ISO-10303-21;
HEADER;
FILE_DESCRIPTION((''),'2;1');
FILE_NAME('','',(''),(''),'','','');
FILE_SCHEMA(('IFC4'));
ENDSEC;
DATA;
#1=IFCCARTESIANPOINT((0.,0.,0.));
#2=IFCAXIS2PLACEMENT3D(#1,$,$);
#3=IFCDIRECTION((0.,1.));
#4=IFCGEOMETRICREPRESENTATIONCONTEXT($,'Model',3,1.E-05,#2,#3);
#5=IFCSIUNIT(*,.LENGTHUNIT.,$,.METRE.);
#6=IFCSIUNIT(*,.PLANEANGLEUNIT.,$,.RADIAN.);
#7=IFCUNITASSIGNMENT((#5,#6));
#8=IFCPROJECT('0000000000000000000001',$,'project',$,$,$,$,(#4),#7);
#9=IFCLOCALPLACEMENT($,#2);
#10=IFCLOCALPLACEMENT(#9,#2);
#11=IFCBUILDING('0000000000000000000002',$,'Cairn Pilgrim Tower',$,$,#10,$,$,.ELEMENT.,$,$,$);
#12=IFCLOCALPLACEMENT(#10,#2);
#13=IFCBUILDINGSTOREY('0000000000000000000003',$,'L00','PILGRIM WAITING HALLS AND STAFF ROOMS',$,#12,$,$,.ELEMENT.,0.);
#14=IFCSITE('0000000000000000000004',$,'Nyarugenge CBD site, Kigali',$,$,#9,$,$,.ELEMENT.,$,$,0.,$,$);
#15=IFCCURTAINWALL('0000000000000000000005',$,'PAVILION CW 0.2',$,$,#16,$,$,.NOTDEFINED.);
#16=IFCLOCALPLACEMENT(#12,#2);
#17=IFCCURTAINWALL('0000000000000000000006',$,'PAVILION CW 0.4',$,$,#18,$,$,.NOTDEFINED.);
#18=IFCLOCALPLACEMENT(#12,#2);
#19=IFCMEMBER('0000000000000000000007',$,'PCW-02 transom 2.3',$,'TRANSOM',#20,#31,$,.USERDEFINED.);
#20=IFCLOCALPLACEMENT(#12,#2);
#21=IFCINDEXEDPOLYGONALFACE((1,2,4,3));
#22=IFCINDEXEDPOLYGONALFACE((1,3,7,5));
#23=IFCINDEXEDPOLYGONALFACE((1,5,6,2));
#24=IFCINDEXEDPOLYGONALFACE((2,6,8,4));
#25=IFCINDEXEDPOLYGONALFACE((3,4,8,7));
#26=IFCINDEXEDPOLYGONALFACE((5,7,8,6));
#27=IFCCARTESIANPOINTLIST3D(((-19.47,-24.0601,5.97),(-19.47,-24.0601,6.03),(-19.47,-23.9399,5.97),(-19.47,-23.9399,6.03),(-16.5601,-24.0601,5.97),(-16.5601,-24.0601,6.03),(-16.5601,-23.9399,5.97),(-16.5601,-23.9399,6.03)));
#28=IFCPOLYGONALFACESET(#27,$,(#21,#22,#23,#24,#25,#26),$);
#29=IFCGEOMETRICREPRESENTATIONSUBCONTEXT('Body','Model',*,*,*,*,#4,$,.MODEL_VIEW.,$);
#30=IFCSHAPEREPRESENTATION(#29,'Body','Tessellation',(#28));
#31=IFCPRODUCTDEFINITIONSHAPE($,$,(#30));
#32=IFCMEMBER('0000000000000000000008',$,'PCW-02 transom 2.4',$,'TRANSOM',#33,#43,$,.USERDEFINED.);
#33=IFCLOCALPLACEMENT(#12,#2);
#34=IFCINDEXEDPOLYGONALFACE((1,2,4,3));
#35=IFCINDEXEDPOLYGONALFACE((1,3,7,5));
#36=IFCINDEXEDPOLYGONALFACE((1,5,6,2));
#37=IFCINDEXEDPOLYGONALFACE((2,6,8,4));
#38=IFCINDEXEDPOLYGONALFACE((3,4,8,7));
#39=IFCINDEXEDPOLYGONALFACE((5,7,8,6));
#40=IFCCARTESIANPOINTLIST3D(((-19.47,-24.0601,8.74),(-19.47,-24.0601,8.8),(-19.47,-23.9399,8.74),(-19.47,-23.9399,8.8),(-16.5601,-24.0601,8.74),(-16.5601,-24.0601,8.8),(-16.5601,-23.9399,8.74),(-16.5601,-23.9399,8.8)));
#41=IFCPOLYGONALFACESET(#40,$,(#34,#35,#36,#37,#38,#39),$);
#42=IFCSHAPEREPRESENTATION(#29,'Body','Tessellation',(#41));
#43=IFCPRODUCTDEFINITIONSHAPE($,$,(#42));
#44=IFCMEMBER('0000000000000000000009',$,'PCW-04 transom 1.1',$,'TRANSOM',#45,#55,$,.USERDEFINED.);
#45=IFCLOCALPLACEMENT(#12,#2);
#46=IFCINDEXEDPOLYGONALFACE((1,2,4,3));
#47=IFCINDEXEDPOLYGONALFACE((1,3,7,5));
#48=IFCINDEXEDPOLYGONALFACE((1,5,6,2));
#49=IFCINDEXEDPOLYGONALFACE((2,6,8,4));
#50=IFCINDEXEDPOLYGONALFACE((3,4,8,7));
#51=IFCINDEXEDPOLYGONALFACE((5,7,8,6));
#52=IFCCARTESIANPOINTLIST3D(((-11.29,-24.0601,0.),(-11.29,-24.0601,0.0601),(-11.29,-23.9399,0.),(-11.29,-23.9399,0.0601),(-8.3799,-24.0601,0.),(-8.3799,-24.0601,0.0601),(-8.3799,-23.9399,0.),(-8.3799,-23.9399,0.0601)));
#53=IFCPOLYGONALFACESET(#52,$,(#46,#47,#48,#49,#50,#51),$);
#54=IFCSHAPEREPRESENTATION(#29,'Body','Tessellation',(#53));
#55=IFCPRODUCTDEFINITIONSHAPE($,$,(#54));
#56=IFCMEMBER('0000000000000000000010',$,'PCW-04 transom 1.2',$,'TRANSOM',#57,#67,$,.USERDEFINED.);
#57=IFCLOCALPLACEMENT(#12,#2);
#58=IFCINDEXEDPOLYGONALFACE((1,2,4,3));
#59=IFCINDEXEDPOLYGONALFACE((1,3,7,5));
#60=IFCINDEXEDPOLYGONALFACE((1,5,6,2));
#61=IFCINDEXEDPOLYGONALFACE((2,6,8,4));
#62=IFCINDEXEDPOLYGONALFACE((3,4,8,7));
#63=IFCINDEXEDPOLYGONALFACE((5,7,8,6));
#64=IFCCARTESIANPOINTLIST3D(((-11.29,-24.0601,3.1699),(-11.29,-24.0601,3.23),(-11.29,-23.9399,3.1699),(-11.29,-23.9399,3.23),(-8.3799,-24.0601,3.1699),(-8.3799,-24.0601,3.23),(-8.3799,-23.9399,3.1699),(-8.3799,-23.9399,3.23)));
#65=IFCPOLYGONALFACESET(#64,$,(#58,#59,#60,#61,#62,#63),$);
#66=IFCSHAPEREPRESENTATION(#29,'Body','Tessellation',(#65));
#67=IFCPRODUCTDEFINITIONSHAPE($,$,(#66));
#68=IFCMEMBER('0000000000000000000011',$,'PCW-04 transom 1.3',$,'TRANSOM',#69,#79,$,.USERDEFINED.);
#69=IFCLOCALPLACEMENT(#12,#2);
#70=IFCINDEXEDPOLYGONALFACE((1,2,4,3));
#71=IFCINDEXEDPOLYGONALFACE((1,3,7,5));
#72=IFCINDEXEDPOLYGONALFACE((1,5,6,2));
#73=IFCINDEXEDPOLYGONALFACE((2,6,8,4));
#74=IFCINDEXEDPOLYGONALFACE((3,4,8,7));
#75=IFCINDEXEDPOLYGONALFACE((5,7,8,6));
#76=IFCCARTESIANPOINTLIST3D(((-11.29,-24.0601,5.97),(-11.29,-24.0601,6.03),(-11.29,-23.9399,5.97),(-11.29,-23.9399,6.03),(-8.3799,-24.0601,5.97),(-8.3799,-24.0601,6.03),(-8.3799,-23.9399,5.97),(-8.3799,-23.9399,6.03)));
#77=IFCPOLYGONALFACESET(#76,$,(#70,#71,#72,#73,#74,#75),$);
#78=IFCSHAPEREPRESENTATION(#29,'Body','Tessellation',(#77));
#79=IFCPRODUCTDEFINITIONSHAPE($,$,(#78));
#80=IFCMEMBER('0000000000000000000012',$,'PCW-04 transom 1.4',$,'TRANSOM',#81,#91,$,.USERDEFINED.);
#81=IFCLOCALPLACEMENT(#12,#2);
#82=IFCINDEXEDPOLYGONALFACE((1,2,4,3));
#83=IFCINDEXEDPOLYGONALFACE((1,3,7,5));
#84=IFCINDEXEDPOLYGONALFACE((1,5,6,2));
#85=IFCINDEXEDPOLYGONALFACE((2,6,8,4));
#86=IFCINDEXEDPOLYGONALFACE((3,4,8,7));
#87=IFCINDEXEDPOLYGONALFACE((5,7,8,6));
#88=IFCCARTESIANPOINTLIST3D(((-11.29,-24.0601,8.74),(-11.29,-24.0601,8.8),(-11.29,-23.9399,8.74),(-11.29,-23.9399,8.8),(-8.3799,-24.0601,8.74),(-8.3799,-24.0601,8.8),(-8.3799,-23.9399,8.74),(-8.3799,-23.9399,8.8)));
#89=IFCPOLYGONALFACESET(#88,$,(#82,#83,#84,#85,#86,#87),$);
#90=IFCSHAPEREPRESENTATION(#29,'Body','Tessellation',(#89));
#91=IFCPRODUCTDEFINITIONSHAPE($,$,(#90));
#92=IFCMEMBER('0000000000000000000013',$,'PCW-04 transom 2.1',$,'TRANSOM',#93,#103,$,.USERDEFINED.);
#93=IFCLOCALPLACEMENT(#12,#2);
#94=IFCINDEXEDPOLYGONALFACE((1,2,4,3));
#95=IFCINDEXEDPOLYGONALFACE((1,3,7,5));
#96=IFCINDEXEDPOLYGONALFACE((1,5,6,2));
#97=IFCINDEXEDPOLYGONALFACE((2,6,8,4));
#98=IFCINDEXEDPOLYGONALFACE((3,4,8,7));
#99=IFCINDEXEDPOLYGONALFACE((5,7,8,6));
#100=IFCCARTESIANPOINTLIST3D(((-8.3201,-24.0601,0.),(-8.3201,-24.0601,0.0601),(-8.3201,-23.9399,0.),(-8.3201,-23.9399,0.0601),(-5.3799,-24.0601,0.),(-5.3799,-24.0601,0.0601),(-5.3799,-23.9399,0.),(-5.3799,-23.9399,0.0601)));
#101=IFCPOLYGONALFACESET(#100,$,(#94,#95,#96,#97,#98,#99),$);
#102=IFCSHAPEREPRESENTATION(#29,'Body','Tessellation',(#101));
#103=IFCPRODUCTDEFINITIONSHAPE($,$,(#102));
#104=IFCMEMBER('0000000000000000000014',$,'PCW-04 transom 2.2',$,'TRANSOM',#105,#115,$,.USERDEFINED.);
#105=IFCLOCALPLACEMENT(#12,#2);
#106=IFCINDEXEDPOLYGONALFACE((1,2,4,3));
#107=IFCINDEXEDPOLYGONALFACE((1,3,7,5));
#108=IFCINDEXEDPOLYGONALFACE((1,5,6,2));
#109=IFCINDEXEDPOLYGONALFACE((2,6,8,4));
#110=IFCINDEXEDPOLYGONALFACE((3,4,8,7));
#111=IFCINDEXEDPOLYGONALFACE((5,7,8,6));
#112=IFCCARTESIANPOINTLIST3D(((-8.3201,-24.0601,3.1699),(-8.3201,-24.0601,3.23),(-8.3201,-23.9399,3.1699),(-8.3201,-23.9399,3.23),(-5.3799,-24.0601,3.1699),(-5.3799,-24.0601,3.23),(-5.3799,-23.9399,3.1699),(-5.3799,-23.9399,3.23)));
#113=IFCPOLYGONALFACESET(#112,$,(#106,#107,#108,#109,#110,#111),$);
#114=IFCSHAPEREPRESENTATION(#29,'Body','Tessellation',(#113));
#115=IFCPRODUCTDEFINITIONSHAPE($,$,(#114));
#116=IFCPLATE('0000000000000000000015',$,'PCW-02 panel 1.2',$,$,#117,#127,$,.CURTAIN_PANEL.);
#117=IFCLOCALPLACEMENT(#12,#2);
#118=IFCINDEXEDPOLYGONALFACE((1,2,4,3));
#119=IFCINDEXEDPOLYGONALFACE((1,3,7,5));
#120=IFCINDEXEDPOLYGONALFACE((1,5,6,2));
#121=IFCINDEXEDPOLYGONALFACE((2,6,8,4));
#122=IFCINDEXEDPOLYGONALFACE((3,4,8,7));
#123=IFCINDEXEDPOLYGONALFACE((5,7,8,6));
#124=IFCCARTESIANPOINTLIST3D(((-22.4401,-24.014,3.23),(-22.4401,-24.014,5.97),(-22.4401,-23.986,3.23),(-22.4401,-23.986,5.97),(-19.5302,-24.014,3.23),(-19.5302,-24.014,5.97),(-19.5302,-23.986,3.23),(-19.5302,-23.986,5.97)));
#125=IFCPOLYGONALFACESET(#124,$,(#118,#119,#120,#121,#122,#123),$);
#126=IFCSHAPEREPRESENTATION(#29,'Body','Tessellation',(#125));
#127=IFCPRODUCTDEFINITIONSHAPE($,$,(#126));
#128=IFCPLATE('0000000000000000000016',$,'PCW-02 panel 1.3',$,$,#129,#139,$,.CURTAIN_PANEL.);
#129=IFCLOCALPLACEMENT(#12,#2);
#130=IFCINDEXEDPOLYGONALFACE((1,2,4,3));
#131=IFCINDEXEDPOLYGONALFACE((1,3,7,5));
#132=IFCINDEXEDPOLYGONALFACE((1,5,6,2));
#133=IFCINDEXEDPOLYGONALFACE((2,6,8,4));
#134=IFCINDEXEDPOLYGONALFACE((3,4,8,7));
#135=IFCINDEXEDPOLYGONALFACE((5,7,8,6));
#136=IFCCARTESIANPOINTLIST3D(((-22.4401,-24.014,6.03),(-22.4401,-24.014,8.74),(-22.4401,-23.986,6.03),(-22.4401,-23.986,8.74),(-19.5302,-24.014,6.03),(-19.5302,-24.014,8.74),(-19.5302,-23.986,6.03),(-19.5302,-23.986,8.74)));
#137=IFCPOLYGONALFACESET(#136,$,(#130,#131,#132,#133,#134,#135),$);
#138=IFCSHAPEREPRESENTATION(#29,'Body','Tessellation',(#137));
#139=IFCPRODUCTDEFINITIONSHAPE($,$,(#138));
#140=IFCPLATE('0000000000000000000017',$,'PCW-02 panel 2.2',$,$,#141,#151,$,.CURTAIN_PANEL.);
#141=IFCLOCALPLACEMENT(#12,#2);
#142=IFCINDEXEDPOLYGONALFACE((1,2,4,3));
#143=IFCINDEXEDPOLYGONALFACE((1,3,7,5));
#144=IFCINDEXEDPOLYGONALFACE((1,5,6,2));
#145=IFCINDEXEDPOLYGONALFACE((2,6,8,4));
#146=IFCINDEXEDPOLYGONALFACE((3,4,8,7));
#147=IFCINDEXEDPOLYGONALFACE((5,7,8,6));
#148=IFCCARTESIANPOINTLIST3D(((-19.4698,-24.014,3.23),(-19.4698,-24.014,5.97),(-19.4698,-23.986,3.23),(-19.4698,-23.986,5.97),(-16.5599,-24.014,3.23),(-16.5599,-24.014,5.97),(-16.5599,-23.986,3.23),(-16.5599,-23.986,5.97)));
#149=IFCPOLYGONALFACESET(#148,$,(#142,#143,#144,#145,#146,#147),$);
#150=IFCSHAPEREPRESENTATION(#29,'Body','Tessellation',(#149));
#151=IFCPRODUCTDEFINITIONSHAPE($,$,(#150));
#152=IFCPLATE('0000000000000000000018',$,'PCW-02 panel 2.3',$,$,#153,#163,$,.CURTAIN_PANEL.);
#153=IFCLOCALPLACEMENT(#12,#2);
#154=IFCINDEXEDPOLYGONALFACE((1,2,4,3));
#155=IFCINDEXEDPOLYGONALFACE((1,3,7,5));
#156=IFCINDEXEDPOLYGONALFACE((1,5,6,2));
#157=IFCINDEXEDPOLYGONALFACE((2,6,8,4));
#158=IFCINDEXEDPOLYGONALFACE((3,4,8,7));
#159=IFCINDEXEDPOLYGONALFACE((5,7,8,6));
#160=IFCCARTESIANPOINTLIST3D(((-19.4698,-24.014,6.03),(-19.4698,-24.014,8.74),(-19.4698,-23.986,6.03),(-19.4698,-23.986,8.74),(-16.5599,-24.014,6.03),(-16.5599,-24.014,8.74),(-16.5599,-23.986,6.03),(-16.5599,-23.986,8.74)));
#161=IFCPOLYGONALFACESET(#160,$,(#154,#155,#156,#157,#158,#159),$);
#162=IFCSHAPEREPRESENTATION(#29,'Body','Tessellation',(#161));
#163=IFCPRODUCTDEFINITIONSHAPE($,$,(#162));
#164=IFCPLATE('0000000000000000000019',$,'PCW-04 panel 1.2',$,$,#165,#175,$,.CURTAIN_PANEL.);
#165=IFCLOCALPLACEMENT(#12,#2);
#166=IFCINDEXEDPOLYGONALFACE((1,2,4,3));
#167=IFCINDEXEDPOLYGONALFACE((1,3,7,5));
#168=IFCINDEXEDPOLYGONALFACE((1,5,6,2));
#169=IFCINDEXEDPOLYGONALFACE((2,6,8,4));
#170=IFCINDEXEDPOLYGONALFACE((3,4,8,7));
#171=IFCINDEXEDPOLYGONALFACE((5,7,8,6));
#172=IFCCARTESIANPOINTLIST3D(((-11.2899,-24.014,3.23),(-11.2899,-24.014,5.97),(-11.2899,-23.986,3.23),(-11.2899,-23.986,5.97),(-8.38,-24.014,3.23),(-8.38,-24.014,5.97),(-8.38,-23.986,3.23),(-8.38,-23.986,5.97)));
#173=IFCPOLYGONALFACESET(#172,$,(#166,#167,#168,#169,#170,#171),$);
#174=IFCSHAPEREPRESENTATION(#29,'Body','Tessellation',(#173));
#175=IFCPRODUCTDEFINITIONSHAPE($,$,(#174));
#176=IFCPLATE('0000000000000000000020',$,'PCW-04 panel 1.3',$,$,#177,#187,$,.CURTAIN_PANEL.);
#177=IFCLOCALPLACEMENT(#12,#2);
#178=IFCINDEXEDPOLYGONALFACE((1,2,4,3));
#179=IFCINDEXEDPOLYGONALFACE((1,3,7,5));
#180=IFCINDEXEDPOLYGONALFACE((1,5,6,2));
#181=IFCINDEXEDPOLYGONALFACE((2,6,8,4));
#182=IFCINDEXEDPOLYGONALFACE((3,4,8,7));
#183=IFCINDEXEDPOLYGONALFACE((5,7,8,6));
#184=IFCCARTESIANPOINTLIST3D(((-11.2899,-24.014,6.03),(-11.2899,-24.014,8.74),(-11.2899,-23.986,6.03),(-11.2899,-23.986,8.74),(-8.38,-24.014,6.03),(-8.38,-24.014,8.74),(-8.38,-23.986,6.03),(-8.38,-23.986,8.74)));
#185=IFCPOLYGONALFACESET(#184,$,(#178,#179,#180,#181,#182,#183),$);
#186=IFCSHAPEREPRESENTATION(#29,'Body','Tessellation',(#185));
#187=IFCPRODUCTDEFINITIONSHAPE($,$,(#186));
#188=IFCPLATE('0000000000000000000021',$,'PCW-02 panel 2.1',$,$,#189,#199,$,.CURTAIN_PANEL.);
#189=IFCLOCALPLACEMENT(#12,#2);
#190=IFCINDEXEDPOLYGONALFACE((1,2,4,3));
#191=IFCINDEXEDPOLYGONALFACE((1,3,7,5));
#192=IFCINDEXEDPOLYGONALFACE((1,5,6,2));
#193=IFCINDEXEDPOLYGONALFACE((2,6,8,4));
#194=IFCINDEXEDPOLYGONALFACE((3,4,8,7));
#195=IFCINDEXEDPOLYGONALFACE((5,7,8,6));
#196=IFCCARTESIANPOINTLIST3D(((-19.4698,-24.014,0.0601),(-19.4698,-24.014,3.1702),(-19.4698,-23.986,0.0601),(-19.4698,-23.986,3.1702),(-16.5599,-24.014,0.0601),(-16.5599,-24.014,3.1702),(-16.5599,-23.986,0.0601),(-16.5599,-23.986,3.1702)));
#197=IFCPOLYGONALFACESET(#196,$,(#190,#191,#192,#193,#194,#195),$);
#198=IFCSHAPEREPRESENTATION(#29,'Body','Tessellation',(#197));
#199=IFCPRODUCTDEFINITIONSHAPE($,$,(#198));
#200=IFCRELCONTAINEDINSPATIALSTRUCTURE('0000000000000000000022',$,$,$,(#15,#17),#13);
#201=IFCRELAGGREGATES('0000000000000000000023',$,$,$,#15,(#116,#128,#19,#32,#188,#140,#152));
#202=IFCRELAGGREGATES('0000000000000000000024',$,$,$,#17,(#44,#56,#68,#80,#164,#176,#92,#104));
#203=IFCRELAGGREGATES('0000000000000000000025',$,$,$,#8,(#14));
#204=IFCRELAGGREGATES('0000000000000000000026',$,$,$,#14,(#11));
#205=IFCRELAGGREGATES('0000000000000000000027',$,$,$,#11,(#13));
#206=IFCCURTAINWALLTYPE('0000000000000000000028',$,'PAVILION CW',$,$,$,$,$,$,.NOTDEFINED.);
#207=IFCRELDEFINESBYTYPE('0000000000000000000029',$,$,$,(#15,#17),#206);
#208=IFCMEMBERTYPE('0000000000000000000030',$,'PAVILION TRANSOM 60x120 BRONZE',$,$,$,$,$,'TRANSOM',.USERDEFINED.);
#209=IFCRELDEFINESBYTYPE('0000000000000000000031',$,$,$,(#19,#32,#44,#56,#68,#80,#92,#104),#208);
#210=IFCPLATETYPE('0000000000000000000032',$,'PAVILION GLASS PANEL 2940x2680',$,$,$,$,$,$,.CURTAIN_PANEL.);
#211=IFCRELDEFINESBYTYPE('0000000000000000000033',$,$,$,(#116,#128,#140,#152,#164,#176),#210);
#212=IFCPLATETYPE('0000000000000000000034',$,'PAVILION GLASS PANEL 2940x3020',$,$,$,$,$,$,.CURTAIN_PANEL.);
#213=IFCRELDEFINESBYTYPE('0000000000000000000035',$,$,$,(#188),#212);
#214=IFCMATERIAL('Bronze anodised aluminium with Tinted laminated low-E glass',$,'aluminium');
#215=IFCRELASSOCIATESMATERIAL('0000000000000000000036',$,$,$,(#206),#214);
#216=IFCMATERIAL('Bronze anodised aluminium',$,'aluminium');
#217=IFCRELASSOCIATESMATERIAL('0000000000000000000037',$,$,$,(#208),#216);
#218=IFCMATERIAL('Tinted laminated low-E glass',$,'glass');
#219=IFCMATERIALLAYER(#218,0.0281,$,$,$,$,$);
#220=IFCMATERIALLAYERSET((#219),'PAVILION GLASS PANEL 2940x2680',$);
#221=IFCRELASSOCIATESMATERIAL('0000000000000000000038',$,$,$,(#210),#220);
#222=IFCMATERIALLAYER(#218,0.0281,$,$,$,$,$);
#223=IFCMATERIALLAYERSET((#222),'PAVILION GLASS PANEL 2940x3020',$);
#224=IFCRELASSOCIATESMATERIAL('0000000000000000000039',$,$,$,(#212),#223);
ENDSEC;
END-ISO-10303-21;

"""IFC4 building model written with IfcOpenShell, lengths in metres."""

from ifc_helpers import new_model, si_unit, direction, frame, origin, origin_2d, place, context, subcontext, project, spatial, rectangle, extrude, material, layer, layer_set, material_profile, profile_set, type_object, element, aggregate, save


model = new_model("IFC4")

# Units and contexts
model_context = context("Model", 3, precision=1e-05, world=origin(), true_north=direction((0.0, 1.0)))
body_context = subcontext(model_context, "Body", "Model", "MODEL_VIEW")
ifc_project = project(units=[si_unit("LENGTHUNIT", "METRE"), si_unit("PLANEANGLEUNIT", "RADIAN")], contexts=[model_context])

# Site, building, storey
site_placement = place(None, origin())
site = spatial("IfcSite", under=ifc_project, at=site_placement, Name="Nyarugenge CBD site, Kigali", CompositionType="ELEMENT", RefElevation=0.0)
building_placement = place(site_placement, origin())
building = spatial("IfcBuilding", under=site, at=building_placement, Name="Cairn Pilgrim Tower", CompositionType="ELEMENT")
storey_placement = place(building_placement, origin())
storey = spatial("IfcBuildingStorey", under=building, at=storey_placement, Name="L00", Description="PILGRIM WAITING HALLS AND STAFF ROOMS", CompositionType="ELEMENT", Elevation=0.0)

# Curtain walls
ifc_material_1 = material(Name="Bronze anodised aluminium with Tinted laminated low-E glass", Category="aluminium")
curtain_wall_type = type_object("IfcCurtainWallType", Name="PAVILION CW", PredefinedType="NOTDEFINED", material=ifc_material_1)
curtain_wall_1_placement = place(storey_placement, origin())
curtain_wall_1 = element("IfcCurtainWall", 1, at=curtain_wall_1_placement, inside=storey, type_object=curtain_wall_type, Name="PAVILION CW 0.2", PredefinedType="NOTDEFINED")
ifc_material_2 = material(Name="Bronze anodised aluminium", Category="aluminium")
curtain_wall_2_placement = place(storey_placement, origin())
curtain_wall_2 = element("IfcCurtainWall", 2, at=curtain_wall_2_placement, inside=storey, type_object=curtain_wall_type, Name="PAVILION CW 0.4", PredefinedType="NOTDEFINED")

# Members
ifc_material_profile_1 = material_profile(ifc_material_2, rectangle(XDim=0.1201, YDim=0.0601, at=origin_2d()), Name="PAVILION TRANSOM 60x120 BRONZE")
ifc_profile_set_1 = profile_set([ifc_material_profile_1], Name="Bronze anodised aluminium")
member_type_1 = type_object("IfcMemberType", Name="PAVILION TRANSOM 60x120 BRONZE", ElementType="TRANSOM", PredefinedType="USERDEFINED", material=ifc_profile_set_1)
member_1_placement = place(storey_placement, frame((-19.47, -24.0, 6.0), z_axis=(1.0, 0.0, 0.0), x_axis=(0.0, 1.0, 0.0)))
member_1 = element("IfcMember", 3, at=member_1_placement, type_object=member_type_1, Name="PCW-02 transom 2.3", ObjectType="TRANSOM", PredefinedType="USERDEFINED", context=body_context, shape_type="SweptSolid", body=[
    extrude(rectangle(XDim=0.1201, YDim=0.0601, at=origin_2d()), origin(), (0.0, 0.0, 1.0), 2.9099),
])
member_2_placement = place(storey_placement, frame((-19.47, -24.0, 8.77), z_axis=(1.0, 0.0, 0.0), x_axis=(0.0, 1.0, 0.0)))
member_2 = element("IfcMember", 4, at=member_2_placement, type_object=member_type_1, Name="PCW-02 transom 2.4", ObjectType="TRANSOM", PredefinedType="USERDEFINED", context=body_context, shape_type="SweptSolid", body=[
    extrude(rectangle(XDim=0.1201, YDim=0.0601, at=origin_2d()), origin(), (0.0, 0.0, 1.0), 2.9099),
])
member_3_placement = place(storey_placement, frame((-11.29, -24.0, 0.03), z_axis=(1.0, 0.0, 0.0), x_axis=(0.0, 1.0, 0.0)))
member_3 = element("IfcMember", 5, at=member_3_placement, type_object=member_type_1, Name="PCW-04 transom 1.1", ObjectType="TRANSOM", PredefinedType="USERDEFINED", context=body_context, shape_type="SweptSolid", body=[
    extrude(rectangle(XDim=0.1201, YDim=0.0601, at=origin_2d()), origin(), (0.0, 0.0, 1.0), 2.9102),
])
member_4_placement = place(storey_placement, frame((-11.29, -24.0, 3.2), z_axis=(1.0, 0.0, 0.0), x_axis=(0.0, 1.0, 0.0)))
member_4 = element("IfcMember", 6, at=member_4_placement, type_object=member_type_1, Name="PCW-04 transom 1.2", ObjectType="TRANSOM", PredefinedType="USERDEFINED", context=body_context, shape_type="SweptSolid", body=[
    extrude(rectangle(XDim=0.1201, YDim=0.0601, at=origin_2d()), origin(), (0.0, 0.0, 1.0), 2.9102),
])
member_5_placement = place(storey_placement, frame((-11.29, -24.0, 6.0), z_axis=(1.0, 0.0, 0.0), x_axis=(0.0, 1.0, 0.0)))
member_5 = element("IfcMember", 7, at=member_5_placement, type_object=member_type_1, Name="PCW-04 transom 1.3", ObjectType="TRANSOM", PredefinedType="USERDEFINED", context=body_context, shape_type="SweptSolid", body=[
    extrude(rectangle(XDim=0.1201, YDim=0.0601, at=origin_2d()), origin(), (0.0, 0.0, 1.0), 2.9102),
])
member_6_placement = place(storey_placement, frame((-11.29, -24.0, 8.77), z_axis=(1.0, 0.0, 0.0), x_axis=(0.0, 1.0, 0.0)))
member_6 = element("IfcMember", 8, at=member_6_placement, type_object=member_type_1, Name="PCW-04 transom 1.4", ObjectType="TRANSOM", PredefinedType="USERDEFINED", context=body_context, shape_type="SweptSolid", body=[
    extrude(rectangle(XDim=0.1201, YDim=0.0601, at=origin_2d()), origin(), (0.0, 0.0, 1.0), 2.9102),
])
member_7_placement = place(storey_placement, frame((-8.3201, -24.0, 0.03), z_axis=(1.0, 0.0, 0.0), x_axis=(0.0, 1.0, 0.0)))
member_7 = element("IfcMember", 9, at=member_7_placement, type_object=member_type_1, Name="PCW-04 transom 2.1", ObjectType="TRANSOM", PredefinedType="USERDEFINED", context=body_context, shape_type="SweptSolid", body=[
    extrude(rectangle(XDim=0.1201, YDim=0.0601, at=origin_2d()), origin(), (0.0, 0.0, 1.0), 2.9402),
])
member_8_placement = place(storey_placement, frame((-8.3201, -24.0, 3.2), z_axis=(1.0, 0.0, 0.0), x_axis=(0.0, 1.0, 0.0)))
member_8 = element("IfcMember", 10, at=member_8_placement, type_object=member_type_1, Name="PCW-04 transom 2.2", ObjectType="TRANSOM", PredefinedType="USERDEFINED", context=body_context, shape_type="SweptSolid", body=[
    extrude(rectangle(XDim=0.1201, YDim=0.0601, at=origin_2d()), origin(), (0.0, 0.0, 1.0), 2.9402),
])

# Plates
ifc_material_3 = material(Name="Tinted laminated low-E glass", Category="glass")
ifc_layer_1 = layer(ifc_material_3, 0.0281)
ifc_layer_set_1 = layer_set([ifc_layer_1], Name="PAVILION GLASS PANEL 2940x2680")
plate_type_1 = type_object("IfcPlateType", Name="PAVILION GLASS PANEL 2940x2680", PredefinedType="CURTAIN_PANEL", material=ifc_layer_set_1)
plate_1_placement = place(storey_placement, frame((-20.9851, -24.0, 3.23), z_axis=(0.0, 0.0, 1.0), x_axis=(1.0, 0.0, 0.0)))
plate_1 = element("IfcPlate", 11, at=plate_1_placement, type_object=plate_type_1, Name="PCW-02 panel 1.2", PredefinedType="CURTAIN_PANEL", context=body_context, shape_type="SweptSolid", body=[
    extrude(rectangle(XDim=2.9099, YDim=0.0281, at=origin_2d()), origin(), (0.0, 0.0, 1.0), 2.74),
])
plate_2_placement = place(storey_placement, frame((-20.9851, -24.0, 6.03), z_axis=(0.0, 0.0, 1.0), x_axis=(1.0, 0.0, 0.0)))
plate_2 = element("IfcPlate", 12, at=plate_2_placement, type_object=plate_type_1, Name="PCW-02 panel 1.3", PredefinedType="CURTAIN_PANEL", context=body_context, shape_type="SweptSolid", body=[
    extrude(rectangle(XDim=2.9099, YDim=0.0281, at=origin_2d()), origin(), (0.0, 0.0, 1.0), 2.71),
])
plate_3_placement = place(storey_placement, frame((-18.0149, -24.0, 3.23), z_axis=(0.0, 0.0, 1.0), x_axis=(1.0, 0.0, 0.0)))
plate_3 = element("IfcPlate", 13, at=plate_3_placement, type_object=plate_type_1, Name="PCW-02 panel 2.2", PredefinedType="CURTAIN_PANEL", context=body_context, shape_type="SweptSolid", body=[
    extrude(rectangle(XDim=2.9099, YDim=0.0281, at=origin_2d()), origin(), (0.0, 0.0, 1.0), 2.74),
])
plate_4_placement = place(storey_placement, frame((-18.0149, -24.0, 6.03), z_axis=(0.0, 0.0, 1.0), x_axis=(1.0, 0.0, 0.0)))
plate_4 = element("IfcPlate", 14, at=plate_4_placement, type_object=plate_type_1, Name="PCW-02 panel 2.3", PredefinedType="CURTAIN_PANEL", context=body_context, shape_type="SweptSolid", body=[
    extrude(rectangle(XDim=2.9099, YDim=0.0281, at=origin_2d()), origin(), (0.0, 0.0, 1.0), 2.71),
])
plate_5_placement = place(storey_placement, frame((-9.835, -24.0, 3.23), z_axis=(0.0, 0.0, 1.0), x_axis=(1.0, 0.0, 0.0)))
plate_5 = element("IfcPlate", 15, at=plate_5_placement, type_object=plate_type_1, Name="PCW-04 panel 1.2", PredefinedType="CURTAIN_PANEL", context=body_context, shape_type="SweptSolid", body=[
    extrude(rectangle(XDim=2.9099, YDim=0.0281, at=origin_2d()), origin(), (0.0, 0.0, 1.0), 2.74),
])
plate_6_placement = place(storey_placement, frame((-9.835, -24.0, 6.03), z_axis=(0.0, 0.0, 1.0), x_axis=(1.0, 0.0, 0.0)))
plate_6 = element("IfcPlate", 16, at=plate_6_placement, type_object=plate_type_1, Name="PCW-04 panel 1.3", PredefinedType="CURTAIN_PANEL", context=body_context, shape_type="SweptSolid", body=[
    extrude(rectangle(XDim=2.9099, YDim=0.0281, at=origin_2d()), origin(), (0.0, 0.0, 1.0), 2.71),
])
ifc_layer_2 = layer(ifc_material_3, 0.0281)
ifc_layer_set_2 = layer_set([ifc_layer_2], Name="PAVILION GLASS PANEL 2940x3020")
plate_type_2 = type_object("IfcPlateType", Name="PAVILION GLASS PANEL 2940x3020", PredefinedType="CURTAIN_PANEL", material=ifc_layer_set_2)
plate_7_placement = place(storey_placement, frame((-18.0149, -24.0, 0.0601), z_axis=(0.0, 0.0, 1.0), x_axis=(1.0, 0.0, 0.0)))
plate_7 = element("IfcPlate", 17, at=plate_7_placement, type_object=plate_type_2, Name="PCW-02 panel 2.1", PredefinedType="CURTAIN_PANEL", context=body_context, shape_type="SweptSolid", body=[
    extrude(rectangle(XDim=2.9099, YDim=0.0281, at=origin_2d()), origin(), (0.0, 0.0, 1.0), 3.1101),
])
aggregate(curtain_wall_1, [plate_1, plate_2, member_1, member_2, plate_7, plate_3, plate_4])
aggregate(curtain_wall_2, [member_3, member_4, member_5, member_6, plate_5, plate_6, member_7, member_8])

save(model, "model.ifc")
